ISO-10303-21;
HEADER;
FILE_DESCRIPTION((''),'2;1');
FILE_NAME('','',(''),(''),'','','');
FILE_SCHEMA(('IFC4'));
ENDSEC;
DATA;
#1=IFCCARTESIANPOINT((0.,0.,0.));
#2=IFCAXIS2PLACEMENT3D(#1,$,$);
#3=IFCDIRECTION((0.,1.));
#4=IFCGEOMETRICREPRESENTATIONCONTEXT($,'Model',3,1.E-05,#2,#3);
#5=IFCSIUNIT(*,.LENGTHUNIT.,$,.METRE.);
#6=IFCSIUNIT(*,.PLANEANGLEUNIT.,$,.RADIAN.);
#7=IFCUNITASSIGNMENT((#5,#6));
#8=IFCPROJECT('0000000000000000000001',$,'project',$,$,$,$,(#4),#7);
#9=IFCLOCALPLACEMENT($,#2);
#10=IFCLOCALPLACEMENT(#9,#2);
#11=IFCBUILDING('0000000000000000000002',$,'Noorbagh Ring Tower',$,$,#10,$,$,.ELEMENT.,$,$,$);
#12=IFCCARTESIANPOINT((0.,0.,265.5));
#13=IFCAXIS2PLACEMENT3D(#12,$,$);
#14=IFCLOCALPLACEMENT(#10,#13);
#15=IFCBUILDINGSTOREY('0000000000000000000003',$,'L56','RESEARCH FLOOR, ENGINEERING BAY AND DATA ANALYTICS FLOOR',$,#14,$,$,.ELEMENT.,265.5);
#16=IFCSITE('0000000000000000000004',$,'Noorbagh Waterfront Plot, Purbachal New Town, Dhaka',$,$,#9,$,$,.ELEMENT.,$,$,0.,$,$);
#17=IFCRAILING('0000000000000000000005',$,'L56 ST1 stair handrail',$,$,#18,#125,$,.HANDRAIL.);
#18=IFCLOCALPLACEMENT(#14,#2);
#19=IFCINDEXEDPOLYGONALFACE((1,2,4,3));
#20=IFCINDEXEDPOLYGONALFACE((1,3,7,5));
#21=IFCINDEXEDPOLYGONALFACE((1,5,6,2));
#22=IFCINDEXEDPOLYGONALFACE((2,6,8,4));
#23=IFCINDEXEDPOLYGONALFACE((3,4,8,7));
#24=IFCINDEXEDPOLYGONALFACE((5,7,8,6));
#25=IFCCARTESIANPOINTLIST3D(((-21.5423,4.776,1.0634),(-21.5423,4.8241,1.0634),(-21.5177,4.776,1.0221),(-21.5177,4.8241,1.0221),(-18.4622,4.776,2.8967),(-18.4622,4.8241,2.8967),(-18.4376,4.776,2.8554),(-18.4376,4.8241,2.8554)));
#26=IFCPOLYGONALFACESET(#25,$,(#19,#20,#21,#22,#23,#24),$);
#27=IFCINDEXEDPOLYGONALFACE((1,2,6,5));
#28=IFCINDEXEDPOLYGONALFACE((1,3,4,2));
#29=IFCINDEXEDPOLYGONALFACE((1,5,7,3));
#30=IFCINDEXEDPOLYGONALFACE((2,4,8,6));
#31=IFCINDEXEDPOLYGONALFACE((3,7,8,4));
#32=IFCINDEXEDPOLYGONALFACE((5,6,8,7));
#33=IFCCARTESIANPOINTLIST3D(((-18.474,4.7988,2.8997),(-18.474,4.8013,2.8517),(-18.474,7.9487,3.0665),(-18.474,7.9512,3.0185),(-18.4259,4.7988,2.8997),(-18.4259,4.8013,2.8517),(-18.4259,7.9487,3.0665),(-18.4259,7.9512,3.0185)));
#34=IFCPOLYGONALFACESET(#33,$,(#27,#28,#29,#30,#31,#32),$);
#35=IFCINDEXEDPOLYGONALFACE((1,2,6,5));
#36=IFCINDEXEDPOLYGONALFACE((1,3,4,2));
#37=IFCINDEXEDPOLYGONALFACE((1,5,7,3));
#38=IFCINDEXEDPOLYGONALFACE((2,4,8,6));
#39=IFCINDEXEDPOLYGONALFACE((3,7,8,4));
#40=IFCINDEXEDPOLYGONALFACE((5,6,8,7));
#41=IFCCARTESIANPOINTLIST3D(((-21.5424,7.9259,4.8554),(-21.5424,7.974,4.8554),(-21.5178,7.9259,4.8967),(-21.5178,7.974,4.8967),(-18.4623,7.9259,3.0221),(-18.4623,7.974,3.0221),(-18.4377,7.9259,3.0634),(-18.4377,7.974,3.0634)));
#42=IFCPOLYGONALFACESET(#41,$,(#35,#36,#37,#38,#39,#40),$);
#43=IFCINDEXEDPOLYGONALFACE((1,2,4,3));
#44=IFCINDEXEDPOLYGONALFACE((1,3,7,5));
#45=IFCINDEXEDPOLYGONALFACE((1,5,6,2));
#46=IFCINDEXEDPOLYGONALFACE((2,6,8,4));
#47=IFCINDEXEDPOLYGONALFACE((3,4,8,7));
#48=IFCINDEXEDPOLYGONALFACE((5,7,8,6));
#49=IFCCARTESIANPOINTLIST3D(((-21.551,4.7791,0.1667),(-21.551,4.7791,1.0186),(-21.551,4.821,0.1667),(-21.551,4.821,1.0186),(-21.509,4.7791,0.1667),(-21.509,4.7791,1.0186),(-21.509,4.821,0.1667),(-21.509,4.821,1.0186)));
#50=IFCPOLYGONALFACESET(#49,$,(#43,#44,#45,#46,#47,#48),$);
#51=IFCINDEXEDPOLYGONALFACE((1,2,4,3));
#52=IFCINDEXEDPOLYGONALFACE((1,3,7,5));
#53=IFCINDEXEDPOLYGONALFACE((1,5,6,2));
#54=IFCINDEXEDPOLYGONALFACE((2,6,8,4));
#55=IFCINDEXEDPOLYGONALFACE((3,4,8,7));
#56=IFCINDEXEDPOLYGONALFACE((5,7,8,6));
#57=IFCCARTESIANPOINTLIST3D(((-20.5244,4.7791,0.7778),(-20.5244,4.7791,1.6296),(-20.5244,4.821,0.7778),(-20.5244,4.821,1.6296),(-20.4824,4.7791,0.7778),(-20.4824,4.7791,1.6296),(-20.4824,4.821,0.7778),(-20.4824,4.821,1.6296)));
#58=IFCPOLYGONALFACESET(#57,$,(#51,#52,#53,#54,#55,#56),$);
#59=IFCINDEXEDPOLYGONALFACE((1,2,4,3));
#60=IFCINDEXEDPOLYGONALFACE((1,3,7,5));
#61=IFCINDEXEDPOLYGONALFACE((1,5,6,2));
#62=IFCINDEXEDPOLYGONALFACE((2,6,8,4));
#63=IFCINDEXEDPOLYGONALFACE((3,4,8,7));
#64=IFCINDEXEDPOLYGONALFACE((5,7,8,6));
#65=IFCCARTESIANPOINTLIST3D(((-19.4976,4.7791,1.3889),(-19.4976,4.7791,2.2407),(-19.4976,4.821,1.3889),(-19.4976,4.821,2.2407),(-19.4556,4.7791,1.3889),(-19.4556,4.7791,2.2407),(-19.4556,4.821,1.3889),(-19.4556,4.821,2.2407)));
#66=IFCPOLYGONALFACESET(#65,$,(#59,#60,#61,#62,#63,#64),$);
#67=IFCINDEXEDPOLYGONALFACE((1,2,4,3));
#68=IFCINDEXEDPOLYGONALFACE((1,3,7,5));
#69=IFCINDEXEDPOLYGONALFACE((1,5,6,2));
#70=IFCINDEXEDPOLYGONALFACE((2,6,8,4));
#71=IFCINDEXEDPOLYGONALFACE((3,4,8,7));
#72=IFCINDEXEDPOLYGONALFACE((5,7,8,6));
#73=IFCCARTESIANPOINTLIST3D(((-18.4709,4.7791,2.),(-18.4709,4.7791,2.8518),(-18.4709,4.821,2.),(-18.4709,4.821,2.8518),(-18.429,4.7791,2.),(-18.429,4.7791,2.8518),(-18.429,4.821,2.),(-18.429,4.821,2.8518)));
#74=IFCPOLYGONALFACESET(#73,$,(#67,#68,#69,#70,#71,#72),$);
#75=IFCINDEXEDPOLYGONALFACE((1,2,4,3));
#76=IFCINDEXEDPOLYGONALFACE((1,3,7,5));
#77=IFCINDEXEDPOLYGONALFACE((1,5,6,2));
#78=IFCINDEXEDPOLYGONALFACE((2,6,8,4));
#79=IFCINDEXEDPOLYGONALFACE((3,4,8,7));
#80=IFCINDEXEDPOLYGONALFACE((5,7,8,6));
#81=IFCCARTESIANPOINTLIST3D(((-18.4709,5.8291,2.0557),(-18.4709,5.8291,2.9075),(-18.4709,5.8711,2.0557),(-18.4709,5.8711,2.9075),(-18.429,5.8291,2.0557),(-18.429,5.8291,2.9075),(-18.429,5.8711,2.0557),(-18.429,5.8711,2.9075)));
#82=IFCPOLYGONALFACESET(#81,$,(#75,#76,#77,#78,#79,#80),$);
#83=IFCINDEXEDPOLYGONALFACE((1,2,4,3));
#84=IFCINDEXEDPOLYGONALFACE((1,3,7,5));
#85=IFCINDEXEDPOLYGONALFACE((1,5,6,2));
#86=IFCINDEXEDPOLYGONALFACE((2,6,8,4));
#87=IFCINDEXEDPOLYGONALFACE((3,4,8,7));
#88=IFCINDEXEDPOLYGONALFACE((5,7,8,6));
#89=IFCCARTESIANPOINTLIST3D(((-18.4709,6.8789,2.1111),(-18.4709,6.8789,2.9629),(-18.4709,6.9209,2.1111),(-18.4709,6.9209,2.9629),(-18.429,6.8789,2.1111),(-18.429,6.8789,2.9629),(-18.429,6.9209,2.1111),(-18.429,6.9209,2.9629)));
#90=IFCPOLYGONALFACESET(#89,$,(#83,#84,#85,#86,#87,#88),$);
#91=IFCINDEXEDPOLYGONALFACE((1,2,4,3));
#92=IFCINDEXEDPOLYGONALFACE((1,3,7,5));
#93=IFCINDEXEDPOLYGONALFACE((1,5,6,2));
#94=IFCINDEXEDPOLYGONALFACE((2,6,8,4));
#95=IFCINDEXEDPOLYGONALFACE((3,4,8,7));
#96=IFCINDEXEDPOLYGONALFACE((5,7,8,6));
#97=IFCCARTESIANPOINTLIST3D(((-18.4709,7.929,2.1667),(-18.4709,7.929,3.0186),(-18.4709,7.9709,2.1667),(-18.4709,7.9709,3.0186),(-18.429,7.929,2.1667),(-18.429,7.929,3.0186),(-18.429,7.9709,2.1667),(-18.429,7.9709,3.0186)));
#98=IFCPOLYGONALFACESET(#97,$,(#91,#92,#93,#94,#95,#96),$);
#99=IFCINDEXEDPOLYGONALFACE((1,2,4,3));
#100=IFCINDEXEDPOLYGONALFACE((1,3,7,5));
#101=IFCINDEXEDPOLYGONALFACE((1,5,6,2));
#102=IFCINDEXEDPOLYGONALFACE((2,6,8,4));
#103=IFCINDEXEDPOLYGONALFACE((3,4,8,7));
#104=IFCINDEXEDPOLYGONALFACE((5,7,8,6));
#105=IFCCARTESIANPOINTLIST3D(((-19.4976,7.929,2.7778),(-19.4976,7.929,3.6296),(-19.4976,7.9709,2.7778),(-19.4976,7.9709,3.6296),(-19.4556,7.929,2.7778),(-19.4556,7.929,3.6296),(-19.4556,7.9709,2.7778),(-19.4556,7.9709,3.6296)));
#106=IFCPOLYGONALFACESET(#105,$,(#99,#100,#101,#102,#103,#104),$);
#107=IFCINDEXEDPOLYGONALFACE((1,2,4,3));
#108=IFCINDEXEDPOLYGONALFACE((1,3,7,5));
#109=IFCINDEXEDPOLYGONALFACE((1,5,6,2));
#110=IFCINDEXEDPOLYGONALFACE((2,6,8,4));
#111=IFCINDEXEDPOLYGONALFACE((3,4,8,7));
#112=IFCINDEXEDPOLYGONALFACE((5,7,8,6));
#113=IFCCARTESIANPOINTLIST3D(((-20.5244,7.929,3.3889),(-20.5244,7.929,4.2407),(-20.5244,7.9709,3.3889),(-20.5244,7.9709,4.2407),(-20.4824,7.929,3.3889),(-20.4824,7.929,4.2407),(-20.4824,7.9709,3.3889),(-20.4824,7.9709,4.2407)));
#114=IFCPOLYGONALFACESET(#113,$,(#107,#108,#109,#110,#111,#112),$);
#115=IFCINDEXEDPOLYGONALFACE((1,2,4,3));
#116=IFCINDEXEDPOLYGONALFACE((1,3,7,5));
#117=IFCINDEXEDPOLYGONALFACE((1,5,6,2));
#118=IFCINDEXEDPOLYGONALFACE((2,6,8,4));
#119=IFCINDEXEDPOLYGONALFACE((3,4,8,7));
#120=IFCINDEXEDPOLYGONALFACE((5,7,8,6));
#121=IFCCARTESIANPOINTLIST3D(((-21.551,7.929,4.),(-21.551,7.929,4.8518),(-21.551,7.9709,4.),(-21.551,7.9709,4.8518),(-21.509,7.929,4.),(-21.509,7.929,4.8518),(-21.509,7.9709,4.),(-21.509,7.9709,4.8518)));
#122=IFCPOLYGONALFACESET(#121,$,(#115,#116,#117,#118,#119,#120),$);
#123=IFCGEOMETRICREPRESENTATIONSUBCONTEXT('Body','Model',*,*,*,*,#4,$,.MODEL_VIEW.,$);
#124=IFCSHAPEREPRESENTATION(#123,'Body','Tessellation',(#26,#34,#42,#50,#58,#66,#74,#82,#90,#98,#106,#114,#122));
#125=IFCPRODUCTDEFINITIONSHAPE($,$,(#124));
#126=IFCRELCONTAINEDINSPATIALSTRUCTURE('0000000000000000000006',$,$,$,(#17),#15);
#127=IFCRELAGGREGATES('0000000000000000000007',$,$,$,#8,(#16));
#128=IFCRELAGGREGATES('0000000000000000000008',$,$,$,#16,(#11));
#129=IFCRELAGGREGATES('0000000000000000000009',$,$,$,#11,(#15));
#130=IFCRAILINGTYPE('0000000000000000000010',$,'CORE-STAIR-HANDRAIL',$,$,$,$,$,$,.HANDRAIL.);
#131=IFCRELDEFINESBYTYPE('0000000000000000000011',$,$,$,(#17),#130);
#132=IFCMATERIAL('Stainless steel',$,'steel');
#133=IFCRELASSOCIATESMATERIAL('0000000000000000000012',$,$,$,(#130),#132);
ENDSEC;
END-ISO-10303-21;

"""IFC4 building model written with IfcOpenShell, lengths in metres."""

from ifc_helpers import new_model, si_unit, direction, frame, origin, origin_2d, place, context, subcontext, project, spatial, rectangle, extrude, material, type_object, element, save


model = new_model("IFC4")

# Units and contexts
model_context = context("Model", 3, precision=1e-05, world=origin(), true_north=direction((0.0, 1.0)))
body_context = subcontext(model_context, "Body", "Model", "MODEL_VIEW")
ifc_project = project(units=[si_unit("LENGTHUNIT", "METRE"), si_unit("PLANEANGLEUNIT", "RADIAN")], contexts=[model_context])

# Site, building, storey
site_placement = place(None, origin())
site = spatial("IfcSite", under=ifc_project, at=site_placement, Name="Noorbagh Waterfront Plot, Purbachal New Town, Dhaka", CompositionType="ELEMENT", RefElevation=0.0)
building_placement = place(site_placement, origin())
building = spatial("IfcBuilding", under=site, at=building_placement, Name="Noorbagh Ring Tower", CompositionType="ELEMENT")
storey_placement = place(building_placement, frame((0.0, 0.0, 265.5)))
storey = spatial("IfcBuildingStorey", under=building, at=storey_placement, Name="L56", Description="RESEARCH FLOOR, ENGINEERING BAY AND DATA ANALYTICS FLOOR", CompositionType="ELEMENT", Elevation=265.5)

# Railing
ifc_material_1 = material(Name="Stainless steel", Category="steel")
railing_type_1 = type_object("IfcRailingType", Name="CORE-STAIR-HANDRAIL", PredefinedType="HANDRAIL", material=ifc_material_1)
railing_1_placement = place(storey_placement, frame((-21.53, 4.8, 0.1667)))
element("IfcRailing", 1, at=railing_1_placement, inside=storey, type_object=railing_type_1, Name="L56 ST1 stair handrail", PredefinedType="HANDRAIL", context=body_context, shape_type="SweptSolid", body=[
    extrude(rectangle(XDim=0.0481, YDim=0.0481, at=origin_2d()), frame((0.0, 0.0, 0.876), z_axis=(0.859309, 0.0, 0.511458), x_axis=(0.0, 1.0, 0.0)), (0.0, 0.0, 1.0), 3.5845),
    extrude(rectangle(XDim=0.0481, YDim=0.0481, at=origin_2d()), frame((3.0801, 0.0, 2.709), z_axis=(0.0, 0.998602, 0.052864), x_axis=(-1.0, 0.0, 0.0)), (0.0, 0.0, 1.0), 3.1543),
    extrude(rectangle(XDim=0.0481, YDim=0.0481, at=origin_2d()), frame((3.0801, 3.1499, 2.876), z_axis=(-0.859309, 0.0, 0.511458), x_axis=(0.0, -1.0, 0.0)), (0.0, 0.0, 1.0), 3.5845),
    extrude(rectangle(XDim=0.042, YDim=0.042, at=origin_2d()), origin(), (0.0, 0.0, 1.0), 0.8518),
    extrude(rectangle(XDim=0.042, YDim=0.042, at=origin_2d()), frame((1.0266, 0.0, 0.6111)), (0.0, 0.0, 1.0), 0.8518),
    extrude(rectangle(XDim=0.042, YDim=0.042, at=origin_2d()), frame((2.0535, 0.0, 1.2222)), (0.0, 0.0, 1.0), 0.8518),
    extrude(rectangle(XDim=0.042, YDim=0.042, at=origin_2d()), frame((3.0801, 0.0, 1.8333)), (0.0, 0.0, 1.0), 0.8518),
    extrude(rectangle(XDim=0.042, YDim=0.042, at=origin_2d()), frame((3.0801, 1.05, 1.8889)), (0.0, 0.0, 1.0), 0.8518),
    extrude(rectangle(XDim=0.042, YDim=0.042, at=origin_2d()), frame((3.0801, 2.0999, 1.9443)), (0.0, 0.0, 1.0), 0.8518),
    extrude(rectangle(XDim=0.042, YDim=0.042, at=origin_2d()), frame((3.0801, 3.1499, 2.0)), (0.0, 0.0, 1.0), 0.8518),
    extrude(rectangle(XDim=0.042, YDim=0.042, at=origin_2d()), frame((2.0535, 3.1499, 2.6111)), (0.0, 0.0, 1.0), 0.8518),
    extrude(rectangle(XDim=0.042, YDim=0.042, at=origin_2d()), frame((1.0266, 3.1499, 3.2222)), (0.0, 0.0, 1.0), 0.8518),
    extrude(rectangle(XDim=0.042, YDim=0.042, at=origin_2d()), frame((0.0, 3.1499, 3.8333)), (0.0, 0.0, 1.0), 0.8518),
])

save(model, "model.ifc")
